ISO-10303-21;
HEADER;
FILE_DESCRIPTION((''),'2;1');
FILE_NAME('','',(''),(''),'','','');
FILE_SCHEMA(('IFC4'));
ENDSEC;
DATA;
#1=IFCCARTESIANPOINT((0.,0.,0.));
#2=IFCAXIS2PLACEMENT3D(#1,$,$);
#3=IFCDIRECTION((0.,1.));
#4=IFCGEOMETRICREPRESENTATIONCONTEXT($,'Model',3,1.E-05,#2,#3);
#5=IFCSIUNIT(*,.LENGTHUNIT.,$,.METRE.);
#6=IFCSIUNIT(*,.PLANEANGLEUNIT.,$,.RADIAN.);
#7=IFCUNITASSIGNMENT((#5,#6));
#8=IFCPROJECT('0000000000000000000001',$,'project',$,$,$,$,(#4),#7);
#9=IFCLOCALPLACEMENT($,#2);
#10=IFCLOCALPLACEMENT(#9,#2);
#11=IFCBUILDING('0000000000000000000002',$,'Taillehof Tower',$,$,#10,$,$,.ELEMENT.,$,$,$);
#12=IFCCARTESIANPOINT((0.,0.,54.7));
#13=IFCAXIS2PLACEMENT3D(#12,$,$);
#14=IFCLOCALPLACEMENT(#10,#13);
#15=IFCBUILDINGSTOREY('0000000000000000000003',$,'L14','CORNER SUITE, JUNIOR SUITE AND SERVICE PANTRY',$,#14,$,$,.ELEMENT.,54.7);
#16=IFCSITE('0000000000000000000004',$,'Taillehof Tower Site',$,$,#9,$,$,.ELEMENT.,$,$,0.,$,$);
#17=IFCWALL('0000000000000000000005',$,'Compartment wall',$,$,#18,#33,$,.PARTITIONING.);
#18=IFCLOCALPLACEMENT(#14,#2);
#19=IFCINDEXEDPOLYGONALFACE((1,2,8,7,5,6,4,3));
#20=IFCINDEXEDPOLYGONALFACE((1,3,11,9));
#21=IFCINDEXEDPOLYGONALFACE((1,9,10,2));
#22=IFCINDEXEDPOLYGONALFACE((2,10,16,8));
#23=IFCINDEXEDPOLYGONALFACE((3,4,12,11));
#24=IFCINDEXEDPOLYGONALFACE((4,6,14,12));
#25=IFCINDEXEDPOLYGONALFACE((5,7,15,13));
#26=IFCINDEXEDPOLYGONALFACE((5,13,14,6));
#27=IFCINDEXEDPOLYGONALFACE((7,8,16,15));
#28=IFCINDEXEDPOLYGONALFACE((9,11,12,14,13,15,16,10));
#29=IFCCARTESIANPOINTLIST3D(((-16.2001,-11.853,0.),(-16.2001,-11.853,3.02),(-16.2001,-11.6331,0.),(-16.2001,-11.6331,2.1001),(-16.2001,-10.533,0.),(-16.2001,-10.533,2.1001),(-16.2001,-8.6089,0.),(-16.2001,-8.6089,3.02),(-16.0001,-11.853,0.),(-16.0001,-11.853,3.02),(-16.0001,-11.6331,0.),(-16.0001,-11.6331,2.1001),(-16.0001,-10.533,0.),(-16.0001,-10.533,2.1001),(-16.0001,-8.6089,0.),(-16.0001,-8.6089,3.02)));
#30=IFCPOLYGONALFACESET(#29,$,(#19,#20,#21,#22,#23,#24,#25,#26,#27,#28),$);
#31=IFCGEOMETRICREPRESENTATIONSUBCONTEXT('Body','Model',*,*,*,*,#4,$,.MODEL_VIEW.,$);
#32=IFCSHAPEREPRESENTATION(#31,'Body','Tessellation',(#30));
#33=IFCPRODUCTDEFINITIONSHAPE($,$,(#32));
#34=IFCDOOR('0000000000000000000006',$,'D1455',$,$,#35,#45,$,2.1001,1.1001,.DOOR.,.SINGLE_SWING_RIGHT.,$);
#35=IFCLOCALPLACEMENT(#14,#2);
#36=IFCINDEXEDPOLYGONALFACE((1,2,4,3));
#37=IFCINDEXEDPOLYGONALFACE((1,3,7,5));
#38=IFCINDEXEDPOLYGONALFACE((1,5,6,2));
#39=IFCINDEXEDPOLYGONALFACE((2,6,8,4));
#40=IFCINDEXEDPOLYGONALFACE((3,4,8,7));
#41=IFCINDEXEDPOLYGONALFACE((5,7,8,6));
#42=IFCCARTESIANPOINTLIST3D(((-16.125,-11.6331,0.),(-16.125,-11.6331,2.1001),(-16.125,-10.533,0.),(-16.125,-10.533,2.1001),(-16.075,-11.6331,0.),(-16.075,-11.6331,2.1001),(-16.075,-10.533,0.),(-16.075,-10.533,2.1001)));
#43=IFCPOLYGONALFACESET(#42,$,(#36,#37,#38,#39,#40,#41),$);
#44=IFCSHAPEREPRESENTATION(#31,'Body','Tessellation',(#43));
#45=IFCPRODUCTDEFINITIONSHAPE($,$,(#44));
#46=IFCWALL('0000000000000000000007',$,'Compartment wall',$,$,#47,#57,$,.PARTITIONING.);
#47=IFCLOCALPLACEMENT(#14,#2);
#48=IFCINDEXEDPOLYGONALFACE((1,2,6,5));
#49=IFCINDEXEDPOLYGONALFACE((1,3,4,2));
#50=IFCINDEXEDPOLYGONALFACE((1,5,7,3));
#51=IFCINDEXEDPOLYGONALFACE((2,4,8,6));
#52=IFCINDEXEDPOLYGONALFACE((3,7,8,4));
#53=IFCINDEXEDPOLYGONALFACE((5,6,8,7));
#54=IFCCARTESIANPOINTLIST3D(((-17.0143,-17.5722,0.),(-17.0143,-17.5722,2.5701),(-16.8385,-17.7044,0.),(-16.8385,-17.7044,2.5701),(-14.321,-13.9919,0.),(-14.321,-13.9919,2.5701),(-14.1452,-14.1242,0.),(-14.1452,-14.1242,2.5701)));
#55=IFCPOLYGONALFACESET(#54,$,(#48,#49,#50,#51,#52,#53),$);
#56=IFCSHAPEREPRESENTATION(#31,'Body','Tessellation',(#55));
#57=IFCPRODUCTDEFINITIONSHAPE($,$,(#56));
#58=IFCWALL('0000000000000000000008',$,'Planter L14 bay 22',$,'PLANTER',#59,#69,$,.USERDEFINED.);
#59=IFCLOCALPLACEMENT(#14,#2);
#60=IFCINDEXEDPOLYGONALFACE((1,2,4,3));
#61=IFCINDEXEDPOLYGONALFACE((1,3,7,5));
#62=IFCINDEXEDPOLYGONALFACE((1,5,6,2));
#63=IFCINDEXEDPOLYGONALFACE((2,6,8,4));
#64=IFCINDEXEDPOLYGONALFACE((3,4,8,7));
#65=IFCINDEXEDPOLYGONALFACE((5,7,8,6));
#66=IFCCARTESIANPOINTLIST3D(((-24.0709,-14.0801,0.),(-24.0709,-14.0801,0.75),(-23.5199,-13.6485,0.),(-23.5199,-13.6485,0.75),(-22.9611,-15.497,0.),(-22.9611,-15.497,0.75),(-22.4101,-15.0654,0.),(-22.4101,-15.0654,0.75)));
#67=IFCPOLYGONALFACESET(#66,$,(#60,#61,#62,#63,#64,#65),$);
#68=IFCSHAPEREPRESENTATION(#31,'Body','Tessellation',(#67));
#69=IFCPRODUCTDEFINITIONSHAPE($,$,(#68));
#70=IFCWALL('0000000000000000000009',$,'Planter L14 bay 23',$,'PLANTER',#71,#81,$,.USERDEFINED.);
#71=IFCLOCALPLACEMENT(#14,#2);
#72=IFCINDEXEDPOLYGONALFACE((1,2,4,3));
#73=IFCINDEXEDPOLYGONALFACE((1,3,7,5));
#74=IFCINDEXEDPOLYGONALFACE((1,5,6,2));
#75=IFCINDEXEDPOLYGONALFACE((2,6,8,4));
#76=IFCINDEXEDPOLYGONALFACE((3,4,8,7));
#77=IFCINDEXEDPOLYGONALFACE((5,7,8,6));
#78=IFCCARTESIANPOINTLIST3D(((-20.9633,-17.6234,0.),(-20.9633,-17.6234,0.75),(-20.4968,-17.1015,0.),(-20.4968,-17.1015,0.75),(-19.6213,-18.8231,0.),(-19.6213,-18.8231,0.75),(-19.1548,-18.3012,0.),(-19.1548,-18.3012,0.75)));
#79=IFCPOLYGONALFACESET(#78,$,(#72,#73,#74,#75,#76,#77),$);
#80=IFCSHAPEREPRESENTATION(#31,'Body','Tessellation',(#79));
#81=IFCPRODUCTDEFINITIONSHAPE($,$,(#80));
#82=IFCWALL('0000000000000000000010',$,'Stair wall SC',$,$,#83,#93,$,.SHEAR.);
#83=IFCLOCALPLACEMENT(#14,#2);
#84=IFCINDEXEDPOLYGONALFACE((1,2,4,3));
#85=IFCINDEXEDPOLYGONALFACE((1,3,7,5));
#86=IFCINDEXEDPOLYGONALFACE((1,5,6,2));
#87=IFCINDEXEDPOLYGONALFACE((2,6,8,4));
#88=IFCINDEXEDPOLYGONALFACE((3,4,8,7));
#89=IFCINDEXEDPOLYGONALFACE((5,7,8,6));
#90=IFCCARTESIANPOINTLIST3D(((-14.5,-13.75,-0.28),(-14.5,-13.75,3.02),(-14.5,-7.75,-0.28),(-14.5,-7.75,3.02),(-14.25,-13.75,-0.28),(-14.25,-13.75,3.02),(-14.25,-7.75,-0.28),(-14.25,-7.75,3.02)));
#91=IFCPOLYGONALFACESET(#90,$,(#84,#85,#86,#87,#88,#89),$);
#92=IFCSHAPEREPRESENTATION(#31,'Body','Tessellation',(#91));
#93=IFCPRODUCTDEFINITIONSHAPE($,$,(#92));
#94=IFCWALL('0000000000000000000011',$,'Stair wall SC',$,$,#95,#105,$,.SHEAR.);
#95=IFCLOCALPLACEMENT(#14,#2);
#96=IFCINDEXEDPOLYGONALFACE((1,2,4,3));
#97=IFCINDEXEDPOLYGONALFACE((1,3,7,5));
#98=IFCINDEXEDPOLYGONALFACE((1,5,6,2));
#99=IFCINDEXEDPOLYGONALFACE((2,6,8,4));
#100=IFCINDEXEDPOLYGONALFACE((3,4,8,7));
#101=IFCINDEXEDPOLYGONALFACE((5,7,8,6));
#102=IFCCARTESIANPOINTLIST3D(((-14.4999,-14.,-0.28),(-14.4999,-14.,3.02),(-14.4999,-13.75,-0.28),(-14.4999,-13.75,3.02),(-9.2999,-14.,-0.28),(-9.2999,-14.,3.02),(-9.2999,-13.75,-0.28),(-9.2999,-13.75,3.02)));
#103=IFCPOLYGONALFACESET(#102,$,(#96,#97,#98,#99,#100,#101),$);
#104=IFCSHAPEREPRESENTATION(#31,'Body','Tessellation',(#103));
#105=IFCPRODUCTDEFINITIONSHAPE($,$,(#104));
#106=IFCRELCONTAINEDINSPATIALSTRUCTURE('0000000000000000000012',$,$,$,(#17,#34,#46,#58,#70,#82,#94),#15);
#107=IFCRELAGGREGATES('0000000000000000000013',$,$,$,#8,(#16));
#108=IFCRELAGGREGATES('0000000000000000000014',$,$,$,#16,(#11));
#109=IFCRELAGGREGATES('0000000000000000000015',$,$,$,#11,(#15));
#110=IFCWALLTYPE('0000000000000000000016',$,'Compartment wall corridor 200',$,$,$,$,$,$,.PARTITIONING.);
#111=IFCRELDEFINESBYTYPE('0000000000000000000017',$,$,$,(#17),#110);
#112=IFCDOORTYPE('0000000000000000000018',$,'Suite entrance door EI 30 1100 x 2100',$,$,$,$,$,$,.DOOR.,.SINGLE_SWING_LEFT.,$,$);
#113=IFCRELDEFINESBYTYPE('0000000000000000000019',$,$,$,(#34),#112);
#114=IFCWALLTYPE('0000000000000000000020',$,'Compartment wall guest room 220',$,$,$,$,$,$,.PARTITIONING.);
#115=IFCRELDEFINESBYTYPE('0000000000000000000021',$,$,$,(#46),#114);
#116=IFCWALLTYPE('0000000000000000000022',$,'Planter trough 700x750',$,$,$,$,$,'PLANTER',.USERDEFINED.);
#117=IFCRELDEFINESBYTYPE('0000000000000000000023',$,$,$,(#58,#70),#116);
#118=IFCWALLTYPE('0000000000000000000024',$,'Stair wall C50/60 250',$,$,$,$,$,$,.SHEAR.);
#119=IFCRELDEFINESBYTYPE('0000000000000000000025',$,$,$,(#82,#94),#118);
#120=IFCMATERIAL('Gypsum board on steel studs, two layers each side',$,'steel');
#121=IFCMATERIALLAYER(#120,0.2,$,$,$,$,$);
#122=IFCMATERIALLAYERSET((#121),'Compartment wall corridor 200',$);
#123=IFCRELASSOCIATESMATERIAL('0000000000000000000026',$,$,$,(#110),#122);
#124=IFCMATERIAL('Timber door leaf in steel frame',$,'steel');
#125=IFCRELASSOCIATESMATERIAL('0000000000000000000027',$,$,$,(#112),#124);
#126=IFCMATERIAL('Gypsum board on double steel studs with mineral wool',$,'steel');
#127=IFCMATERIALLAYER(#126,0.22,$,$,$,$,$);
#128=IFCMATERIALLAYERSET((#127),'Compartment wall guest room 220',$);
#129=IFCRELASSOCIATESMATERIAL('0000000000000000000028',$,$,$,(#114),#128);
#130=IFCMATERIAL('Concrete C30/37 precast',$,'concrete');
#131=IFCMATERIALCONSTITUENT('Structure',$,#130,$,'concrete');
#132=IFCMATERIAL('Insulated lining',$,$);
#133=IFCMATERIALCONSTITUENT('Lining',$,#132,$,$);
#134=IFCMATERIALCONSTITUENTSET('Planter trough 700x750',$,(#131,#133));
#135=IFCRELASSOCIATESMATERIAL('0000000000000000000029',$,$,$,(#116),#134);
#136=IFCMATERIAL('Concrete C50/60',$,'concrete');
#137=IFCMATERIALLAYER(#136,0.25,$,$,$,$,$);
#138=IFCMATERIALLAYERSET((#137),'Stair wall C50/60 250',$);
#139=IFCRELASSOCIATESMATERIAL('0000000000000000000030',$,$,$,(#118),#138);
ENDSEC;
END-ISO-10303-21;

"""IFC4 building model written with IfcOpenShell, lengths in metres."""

from ifc_helpers import new_model, si_unit, direction, frame, frame_2d, origin, place, context, subcontext, project, spatial, rectangle, extrude, material, layer, layer_set, constituent, constituent_set, type_object, element, fill, save


model = new_model("IFC4")

# Units and contexts
model_context = context("Model", 3, precision=1e-05, world=origin(), true_north=direction((0.0, 1.0)))
body_context = subcontext(model_context, "Body", "Model", "MODEL_VIEW")
ifc_project = project(units=[si_unit("LENGTHUNIT", "METRE"), si_unit("PLANEANGLEUNIT", "RADIAN")], contexts=[model_context])

# Site, building, storey
site_placement = place(None, origin())
site = spatial("IfcSite", under=ifc_project, at=site_placement, Name="Taillehof Tower Site", CompositionType="ELEMENT", RefElevation=0.0)
building_placement = place(site_placement, origin())
building = spatial("IfcBuilding", under=site, at=building_placement, Name="Taillehof Tower", CompositionType="ELEMENT")
storey_placement = place(building_placement, frame((0.0, 0.0, 54.7)))
storey = spatial("IfcBuildingStorey", under=building, at=storey_placement, Name="L14", Description="CORNER SUITE, JUNIOR SUITE AND SERVICE PANTRY", CompositionType="ELEMENT", Elevation=54.7)

# Shared definitions
ifc_material_1 = material(Name="Gypsum board on steel studs, two layers each side", Category="steel")
ifc_layer_1 = layer(ifc_material_1, 0.2)
ifc_layer_set_1 = layer_set([ifc_layer_1], Name="Compartment wall corridor 200")
wall_type_1 = type_object("IfcWallType", Name="Compartment wall corridor 200", PredefinedType="PARTITIONING", material=ifc_layer_set_1)

# Wall, opening, door
wall_1_placement = place(storey_placement, frame((-16.1001, -11.853, 0.0), z_axis=(0.0, 0.0, 1.0), x_axis=(0.0, 1.0, 0.0)))
wall_1 = element("IfcWall", 1, at=wall_1_placement, inside=storey, type_object=wall_type_1, Name="Compartment wall", PredefinedType="PARTITIONING", context=body_context, shape_type="SweptSolid", body=[
    extrude(rectangle(XDim=3.2441, YDim=0.2, at=frame_2d((1.6221, 0.0))), origin(), (0.0, 0.0, 1.0), 3.02),
])
opening_1_placement = place(wall_1_placement, frame((0.22, 0.0, 0.0)))
opening_1 = element("IfcOpeningElement", 2, at=opening_1_placement, cuts=wall_1, PredefinedType="OPENING", context=body_context, shape_type="SweptSolid", body=[
    extrude(rectangle(XDim=1.1001, YDim=2.1001, at=frame_2d((0.55, 1.05))), frame((0.0, 0.1099, 0.0), z_axis=(0.0, -1.0, 0.0), x_axis=(1.0, 0.0, 0.0)), (0.0, 0.0, 1.0), 0.22),
])
ifc_material_2 = material(Name="Timber door leaf in steel frame", Category="steel")
door_type_1 = type_object("IfcDoorType", Name="Suite entrance door EI 30 1100 x 2100", OperationType="SINGLE_SWING_LEFT", PredefinedType="DOOR", material=ifc_material_2)
door_1_placement = place(opening_1_placement, origin())
door_1 = element("IfcDoor", 3, at=door_1_placement, inside=storey, type_object=door_type_1, Name="D1455", OperationType="SINGLE_SWING_RIGHT", OverallHeight=2.1001, OverallWidth=1.1001, PredefinedType="DOOR", context=body_context, shape_type="SweptSolid", body=[
    extrude(rectangle(XDim=1.1001, YDim=2.1001, at=frame_2d((0.55, 1.05))), frame((0.0, 0.0249, 0.0), z_axis=(0.0, -1.0, 0.0), x_axis=(1.0, 0.0, 0.0)), (0.0, 0.0, 1.0), 0.05),
])
fill(opening_1, door_1)

# Walls
ifc_material_3 = material(Name="Gypsum board on double steel studs with mineral wool", Category="steel")
ifc_layer_2 = layer(ifc_material_3, 0.22)
ifc_layer_set_2 = layer_set([ifc_layer_2], Name="Compartment wall guest room 220")
wall_type_2 = type_object("IfcWallType", Name="Compartment wall guest room 220", PredefinedType="PARTITIONING", material=ifc_layer_set_2)
wall_2_placement = place(storey_placement, frame((-16.9265, -17.6384, 0.0), z_axis=(0.0, 0.0, 1.0), x_axis=(0.601159, 0.799129, 0.0)))
element("IfcWall", 4, at=wall_2_placement, inside=storey, type_object=wall_type_2, Name="Compartment wall", PredefinedType="PARTITIONING", context=body_context, shape_type="SweptSolid", body=[
    extrude(rectangle(XDim=4.4802, YDim=0.22, at=frame_2d((2.2402, 0.0))), origin(), (0.0, 0.0, 1.0), 2.5701),
])
ifc_material_4 = material(Name="Concrete C30/37 precast", Category="concrete")
ifc_constituent_1 = constituent(ifc_material_4, Name="Structure", Category="concrete")
ifc_material_5 = material(Name="Insulated lining")
ifc_constituent_2 = constituent(ifc_material_5, Name="Lining")
ifc_constituent_set = constituent_set(constituents=[ifc_constituent_1, ifc_constituent_2], Name="Planter trough 700x750")
wall_type_3 = type_object("IfcWallType", Name="Planter trough 700x750", ElementType="PLANTER", PredefinedType="USERDEFINED", material=ifc_constituent_set)
wall_3_placement = place(storey_placement, frame((-23.7954, -13.8643, 0.0), z_axis=(0.0, 0.0, 1.0), x_axis=(0.616623, -0.787259, 0.0)))
element("IfcWall", 5, at=wall_3_placement, inside=storey, type_object=wall_type_3, Name="Planter L14 bay 22", ObjectType="PLANTER", PredefinedType="USERDEFINED", context=body_context, shape_type="SweptSolid", body=[
    extrude(rectangle(XDim=1.7998, YDim=0.7, at=frame_2d((0.8999, 0.0))), origin(), (0.0, 0.0, 1.0), 0.75),
])
wall_4_placement = place(storey_placement, frame((-20.73, -17.3625, 0.0), z_axis=(0.0, 0.0, 1.0), x_axis=(0.745536, -0.666466, 0.0)))
element("IfcWall", 6, at=wall_4_placement, inside=storey, type_object=wall_type_3, Name="Planter L14 bay 23", ObjectType="PLANTER", PredefinedType="USERDEFINED", context=body_context, shape_type="SweptSolid", body=[
    extrude(rectangle(XDim=1.8, YDim=0.7, at=frame_2d((0.8999, 0.0))), origin(), (0.0, 0.0, 1.0), 0.75),
])
ifc_material_6 = material(Name="Concrete C50/60", Category="concrete")
ifc_layer_3 = layer(ifc_material_6, 0.25)
ifc_layer_set_3 = layer_set([ifc_layer_3], Name="Stair wall C50/60 250")
wall_type_4 = type_object("IfcWallType", Name="Stair wall C50/60 250", PredefinedType="SHEAR", material=ifc_layer_set_3)
wall_5_placement = place(storey_placement, frame((-14.375, -13.75, -0.28), z_axis=(0.0, 0.0, 1.0), x_axis=(0.0, 1.0, 0.0)))
element("IfcWall", 7, at=wall_5_placement, inside=storey, type_object=wall_type_4, Name="Stair wall SC", PredefinedType="SHEAR", context=body_context, shape_type="SweptSolid", body=[
    extrude(rectangle(XDim=6.0, YDim=0.25, at=frame_2d((3.0, 0.0))), origin(), (0.0, 0.0, 1.0), 3.3),
])
wall_6_placement = place(storey_placement, frame((-14.5, -13.875, -0.28), z_axis=(0.0, 0.0, 1.0), x_axis=(1.0, 0.0, 0.0)))
element("IfcWall", 8, at=wall_6_placement, inside=storey, type_object=wall_type_4, Name="Stair wall SC", PredefinedType="SHEAR", context=body_context, shape_type="SweptSolid", body=[
    extrude(rectangle(XDim=5.2, YDim=0.25, at=frame_2d((2.6001, 0.0))), origin(), (0.0, 0.0, 1.0), 3.3),
])

save(model, "model.ifc")
